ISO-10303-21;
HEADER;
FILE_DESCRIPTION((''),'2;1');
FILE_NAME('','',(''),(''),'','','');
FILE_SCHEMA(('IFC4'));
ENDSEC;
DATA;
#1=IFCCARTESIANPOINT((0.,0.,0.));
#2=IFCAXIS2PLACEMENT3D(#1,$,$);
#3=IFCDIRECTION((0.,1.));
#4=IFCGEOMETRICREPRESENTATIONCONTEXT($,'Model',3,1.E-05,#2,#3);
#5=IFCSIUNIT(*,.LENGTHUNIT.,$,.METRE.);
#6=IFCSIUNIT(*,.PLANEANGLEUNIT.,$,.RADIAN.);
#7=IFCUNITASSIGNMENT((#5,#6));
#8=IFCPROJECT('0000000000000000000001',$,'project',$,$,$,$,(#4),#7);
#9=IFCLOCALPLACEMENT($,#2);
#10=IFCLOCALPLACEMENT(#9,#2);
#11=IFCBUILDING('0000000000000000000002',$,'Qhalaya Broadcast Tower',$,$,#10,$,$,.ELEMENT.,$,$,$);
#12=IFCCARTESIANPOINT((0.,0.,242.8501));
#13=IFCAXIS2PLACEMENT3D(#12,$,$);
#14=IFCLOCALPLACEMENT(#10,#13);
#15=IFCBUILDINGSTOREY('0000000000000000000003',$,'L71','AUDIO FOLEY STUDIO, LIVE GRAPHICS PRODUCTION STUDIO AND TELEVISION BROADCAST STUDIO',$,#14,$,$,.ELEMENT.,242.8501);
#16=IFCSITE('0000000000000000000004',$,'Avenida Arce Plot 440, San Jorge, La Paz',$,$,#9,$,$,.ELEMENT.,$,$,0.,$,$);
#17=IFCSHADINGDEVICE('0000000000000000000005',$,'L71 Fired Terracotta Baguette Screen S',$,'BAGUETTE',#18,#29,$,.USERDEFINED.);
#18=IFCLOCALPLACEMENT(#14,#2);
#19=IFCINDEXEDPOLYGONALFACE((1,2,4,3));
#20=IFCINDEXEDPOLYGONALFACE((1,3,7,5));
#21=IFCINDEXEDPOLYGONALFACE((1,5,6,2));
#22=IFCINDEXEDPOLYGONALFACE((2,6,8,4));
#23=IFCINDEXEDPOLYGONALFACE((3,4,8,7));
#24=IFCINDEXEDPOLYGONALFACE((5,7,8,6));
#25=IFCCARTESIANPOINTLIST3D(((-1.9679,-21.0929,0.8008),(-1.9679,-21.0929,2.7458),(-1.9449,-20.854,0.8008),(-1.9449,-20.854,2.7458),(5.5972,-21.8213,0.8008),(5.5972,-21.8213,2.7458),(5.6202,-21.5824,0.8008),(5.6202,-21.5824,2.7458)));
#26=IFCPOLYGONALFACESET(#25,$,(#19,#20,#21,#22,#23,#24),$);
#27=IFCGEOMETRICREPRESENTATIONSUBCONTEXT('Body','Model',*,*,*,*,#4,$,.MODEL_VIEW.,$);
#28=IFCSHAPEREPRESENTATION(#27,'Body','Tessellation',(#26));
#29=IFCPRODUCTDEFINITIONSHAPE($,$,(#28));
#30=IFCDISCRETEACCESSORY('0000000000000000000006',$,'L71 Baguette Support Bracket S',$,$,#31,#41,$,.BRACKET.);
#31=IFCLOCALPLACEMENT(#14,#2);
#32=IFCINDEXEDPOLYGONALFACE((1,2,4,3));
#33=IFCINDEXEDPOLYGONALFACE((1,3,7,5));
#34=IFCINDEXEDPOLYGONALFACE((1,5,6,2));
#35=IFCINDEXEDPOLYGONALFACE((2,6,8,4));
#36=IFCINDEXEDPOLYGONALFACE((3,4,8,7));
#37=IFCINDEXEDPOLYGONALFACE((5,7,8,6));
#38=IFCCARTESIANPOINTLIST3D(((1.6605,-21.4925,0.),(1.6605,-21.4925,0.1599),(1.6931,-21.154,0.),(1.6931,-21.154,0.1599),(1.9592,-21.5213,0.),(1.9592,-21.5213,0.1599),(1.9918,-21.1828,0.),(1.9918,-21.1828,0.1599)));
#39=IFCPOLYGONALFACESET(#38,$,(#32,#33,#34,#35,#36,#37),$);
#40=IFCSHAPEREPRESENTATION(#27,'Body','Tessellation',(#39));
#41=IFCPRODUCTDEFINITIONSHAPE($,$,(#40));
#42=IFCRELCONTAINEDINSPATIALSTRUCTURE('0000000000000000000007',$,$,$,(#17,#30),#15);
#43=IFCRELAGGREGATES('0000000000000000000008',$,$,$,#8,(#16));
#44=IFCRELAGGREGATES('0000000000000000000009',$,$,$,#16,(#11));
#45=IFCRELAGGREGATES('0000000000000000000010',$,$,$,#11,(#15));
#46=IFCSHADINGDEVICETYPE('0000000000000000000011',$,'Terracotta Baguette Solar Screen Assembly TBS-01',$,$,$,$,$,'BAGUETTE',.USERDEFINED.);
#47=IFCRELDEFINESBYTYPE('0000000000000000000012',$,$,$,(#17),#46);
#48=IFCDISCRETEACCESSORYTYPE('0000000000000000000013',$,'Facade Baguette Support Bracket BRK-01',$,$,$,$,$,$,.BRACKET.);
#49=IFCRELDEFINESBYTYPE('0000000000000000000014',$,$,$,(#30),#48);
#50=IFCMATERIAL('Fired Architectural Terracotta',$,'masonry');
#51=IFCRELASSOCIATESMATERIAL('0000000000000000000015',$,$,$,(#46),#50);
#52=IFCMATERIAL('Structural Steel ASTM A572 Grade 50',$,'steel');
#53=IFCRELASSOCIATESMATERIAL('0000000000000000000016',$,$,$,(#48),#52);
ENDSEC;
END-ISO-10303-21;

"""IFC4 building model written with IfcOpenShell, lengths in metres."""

from ifc_helpers import new_model, si_unit, direction, frame, origin, origin_2d, place, context, subcontext, project, spatial, rectangle, extrude, material, type_object, element, save


model = new_model("IFC4")

# Units and contexts
model_context = context("Model", 3, precision=1e-05, world=origin(), true_north=direction((0.0, 1.0)))
body_context = subcontext(model_context, "Body", "Model", "MODEL_VIEW")
ifc_project = project(units=[si_unit("LENGTHUNIT", "METRE"), si_unit("PLANEANGLEUNIT", "RADIAN")], contexts=[model_context])

# Site, building, storey
site_placement = place(None, origin())
site = spatial("IfcSite", under=ifc_project, at=site_placement, Name="Avenida Arce Plot 440, San Jorge, La Paz", CompositionType="ELEMENT", RefElevation=0.0)
building_placement = place(site_placement, origin())
building = spatial("IfcBuilding", under=site, at=building_placement, Name="Qhalaya Broadcast Tower", CompositionType="ELEMENT")
storey_placement = place(building_placement, frame((0.0, 0.0, 242.8501)))
storey = spatial("IfcBuildingStorey", under=building, at=storey_placement, Name="L71", Description="AUDIO FOLEY STUDIO, LIVE GRAPHICS PRODUCTION STUDIO AND TELEVISION BROADCAST STUDIO", CompositionType="ELEMENT", Elevation=242.8501)

# Shared definitions
ifc_material_1 = material(Name="Structural Steel ASTM A572 Grade 50", Category="steel")

# Shared definitions
ifc_material_2 = material(Name="Fired Architectural Terracotta", Category="masonry")

# Shading device
shading_device_type = type_object("IfcShadingDeviceType", Name="Terracotta Baguette Solar Screen Assembly TBS-01", ElementType="BAGUETTE", PredefinedType="USERDEFINED", material=ifc_material_2)
shading_device_placement = place(storey_placement, frame((1.8262, -21.3376, 0.8008), z_axis=(0.0, 0.0, 1.0), x_axis=(0.995396, -0.095846, 0.0)))
element("IfcShadingDevice", 1, at=shading_device_placement, inside=storey, type_object=shading_device_type, Name="L71 Fired Terracotta Baguette Screen S", ObjectType="BAGUETTE", PredefinedType="USERDEFINED", context=body_context, shape_type="SweptSolid", body=[
    extrude(rectangle(XDim=7.6001, YDim=0.24, at=origin_2d()), origin(), (0.0, 0.0, 1.0), 1.9451),
])

# Discrete accessory
discrete_accessory_type = type_object("IfcDiscreteAccessoryType", Name="Facade Baguette Support Bracket BRK-01", PredefinedType="BRACKET", material=ifc_material_1)
discrete_accessory_placement = place(storey_placement, frame((1.8262, -21.3376, 0.0), z_axis=(0.0, 0.0, 1.0), x_axis=(0.995396, -0.095846, 0.0)))
element("IfcDiscreteAccessory", 2, at=discrete_accessory_placement, inside=storey, type_object=discrete_accessory_type, Name="L71 Baguette Support Bracket S", PredefinedType="BRACKET", context=body_context, shape_type="SweptSolid", body=[
    extrude(rectangle(XDim=0.3, YDim=0.3401, at=origin_2d()), origin(), (0.0, 0.0, 1.0), 0.1599),
])

save(model, "model.ifc")
